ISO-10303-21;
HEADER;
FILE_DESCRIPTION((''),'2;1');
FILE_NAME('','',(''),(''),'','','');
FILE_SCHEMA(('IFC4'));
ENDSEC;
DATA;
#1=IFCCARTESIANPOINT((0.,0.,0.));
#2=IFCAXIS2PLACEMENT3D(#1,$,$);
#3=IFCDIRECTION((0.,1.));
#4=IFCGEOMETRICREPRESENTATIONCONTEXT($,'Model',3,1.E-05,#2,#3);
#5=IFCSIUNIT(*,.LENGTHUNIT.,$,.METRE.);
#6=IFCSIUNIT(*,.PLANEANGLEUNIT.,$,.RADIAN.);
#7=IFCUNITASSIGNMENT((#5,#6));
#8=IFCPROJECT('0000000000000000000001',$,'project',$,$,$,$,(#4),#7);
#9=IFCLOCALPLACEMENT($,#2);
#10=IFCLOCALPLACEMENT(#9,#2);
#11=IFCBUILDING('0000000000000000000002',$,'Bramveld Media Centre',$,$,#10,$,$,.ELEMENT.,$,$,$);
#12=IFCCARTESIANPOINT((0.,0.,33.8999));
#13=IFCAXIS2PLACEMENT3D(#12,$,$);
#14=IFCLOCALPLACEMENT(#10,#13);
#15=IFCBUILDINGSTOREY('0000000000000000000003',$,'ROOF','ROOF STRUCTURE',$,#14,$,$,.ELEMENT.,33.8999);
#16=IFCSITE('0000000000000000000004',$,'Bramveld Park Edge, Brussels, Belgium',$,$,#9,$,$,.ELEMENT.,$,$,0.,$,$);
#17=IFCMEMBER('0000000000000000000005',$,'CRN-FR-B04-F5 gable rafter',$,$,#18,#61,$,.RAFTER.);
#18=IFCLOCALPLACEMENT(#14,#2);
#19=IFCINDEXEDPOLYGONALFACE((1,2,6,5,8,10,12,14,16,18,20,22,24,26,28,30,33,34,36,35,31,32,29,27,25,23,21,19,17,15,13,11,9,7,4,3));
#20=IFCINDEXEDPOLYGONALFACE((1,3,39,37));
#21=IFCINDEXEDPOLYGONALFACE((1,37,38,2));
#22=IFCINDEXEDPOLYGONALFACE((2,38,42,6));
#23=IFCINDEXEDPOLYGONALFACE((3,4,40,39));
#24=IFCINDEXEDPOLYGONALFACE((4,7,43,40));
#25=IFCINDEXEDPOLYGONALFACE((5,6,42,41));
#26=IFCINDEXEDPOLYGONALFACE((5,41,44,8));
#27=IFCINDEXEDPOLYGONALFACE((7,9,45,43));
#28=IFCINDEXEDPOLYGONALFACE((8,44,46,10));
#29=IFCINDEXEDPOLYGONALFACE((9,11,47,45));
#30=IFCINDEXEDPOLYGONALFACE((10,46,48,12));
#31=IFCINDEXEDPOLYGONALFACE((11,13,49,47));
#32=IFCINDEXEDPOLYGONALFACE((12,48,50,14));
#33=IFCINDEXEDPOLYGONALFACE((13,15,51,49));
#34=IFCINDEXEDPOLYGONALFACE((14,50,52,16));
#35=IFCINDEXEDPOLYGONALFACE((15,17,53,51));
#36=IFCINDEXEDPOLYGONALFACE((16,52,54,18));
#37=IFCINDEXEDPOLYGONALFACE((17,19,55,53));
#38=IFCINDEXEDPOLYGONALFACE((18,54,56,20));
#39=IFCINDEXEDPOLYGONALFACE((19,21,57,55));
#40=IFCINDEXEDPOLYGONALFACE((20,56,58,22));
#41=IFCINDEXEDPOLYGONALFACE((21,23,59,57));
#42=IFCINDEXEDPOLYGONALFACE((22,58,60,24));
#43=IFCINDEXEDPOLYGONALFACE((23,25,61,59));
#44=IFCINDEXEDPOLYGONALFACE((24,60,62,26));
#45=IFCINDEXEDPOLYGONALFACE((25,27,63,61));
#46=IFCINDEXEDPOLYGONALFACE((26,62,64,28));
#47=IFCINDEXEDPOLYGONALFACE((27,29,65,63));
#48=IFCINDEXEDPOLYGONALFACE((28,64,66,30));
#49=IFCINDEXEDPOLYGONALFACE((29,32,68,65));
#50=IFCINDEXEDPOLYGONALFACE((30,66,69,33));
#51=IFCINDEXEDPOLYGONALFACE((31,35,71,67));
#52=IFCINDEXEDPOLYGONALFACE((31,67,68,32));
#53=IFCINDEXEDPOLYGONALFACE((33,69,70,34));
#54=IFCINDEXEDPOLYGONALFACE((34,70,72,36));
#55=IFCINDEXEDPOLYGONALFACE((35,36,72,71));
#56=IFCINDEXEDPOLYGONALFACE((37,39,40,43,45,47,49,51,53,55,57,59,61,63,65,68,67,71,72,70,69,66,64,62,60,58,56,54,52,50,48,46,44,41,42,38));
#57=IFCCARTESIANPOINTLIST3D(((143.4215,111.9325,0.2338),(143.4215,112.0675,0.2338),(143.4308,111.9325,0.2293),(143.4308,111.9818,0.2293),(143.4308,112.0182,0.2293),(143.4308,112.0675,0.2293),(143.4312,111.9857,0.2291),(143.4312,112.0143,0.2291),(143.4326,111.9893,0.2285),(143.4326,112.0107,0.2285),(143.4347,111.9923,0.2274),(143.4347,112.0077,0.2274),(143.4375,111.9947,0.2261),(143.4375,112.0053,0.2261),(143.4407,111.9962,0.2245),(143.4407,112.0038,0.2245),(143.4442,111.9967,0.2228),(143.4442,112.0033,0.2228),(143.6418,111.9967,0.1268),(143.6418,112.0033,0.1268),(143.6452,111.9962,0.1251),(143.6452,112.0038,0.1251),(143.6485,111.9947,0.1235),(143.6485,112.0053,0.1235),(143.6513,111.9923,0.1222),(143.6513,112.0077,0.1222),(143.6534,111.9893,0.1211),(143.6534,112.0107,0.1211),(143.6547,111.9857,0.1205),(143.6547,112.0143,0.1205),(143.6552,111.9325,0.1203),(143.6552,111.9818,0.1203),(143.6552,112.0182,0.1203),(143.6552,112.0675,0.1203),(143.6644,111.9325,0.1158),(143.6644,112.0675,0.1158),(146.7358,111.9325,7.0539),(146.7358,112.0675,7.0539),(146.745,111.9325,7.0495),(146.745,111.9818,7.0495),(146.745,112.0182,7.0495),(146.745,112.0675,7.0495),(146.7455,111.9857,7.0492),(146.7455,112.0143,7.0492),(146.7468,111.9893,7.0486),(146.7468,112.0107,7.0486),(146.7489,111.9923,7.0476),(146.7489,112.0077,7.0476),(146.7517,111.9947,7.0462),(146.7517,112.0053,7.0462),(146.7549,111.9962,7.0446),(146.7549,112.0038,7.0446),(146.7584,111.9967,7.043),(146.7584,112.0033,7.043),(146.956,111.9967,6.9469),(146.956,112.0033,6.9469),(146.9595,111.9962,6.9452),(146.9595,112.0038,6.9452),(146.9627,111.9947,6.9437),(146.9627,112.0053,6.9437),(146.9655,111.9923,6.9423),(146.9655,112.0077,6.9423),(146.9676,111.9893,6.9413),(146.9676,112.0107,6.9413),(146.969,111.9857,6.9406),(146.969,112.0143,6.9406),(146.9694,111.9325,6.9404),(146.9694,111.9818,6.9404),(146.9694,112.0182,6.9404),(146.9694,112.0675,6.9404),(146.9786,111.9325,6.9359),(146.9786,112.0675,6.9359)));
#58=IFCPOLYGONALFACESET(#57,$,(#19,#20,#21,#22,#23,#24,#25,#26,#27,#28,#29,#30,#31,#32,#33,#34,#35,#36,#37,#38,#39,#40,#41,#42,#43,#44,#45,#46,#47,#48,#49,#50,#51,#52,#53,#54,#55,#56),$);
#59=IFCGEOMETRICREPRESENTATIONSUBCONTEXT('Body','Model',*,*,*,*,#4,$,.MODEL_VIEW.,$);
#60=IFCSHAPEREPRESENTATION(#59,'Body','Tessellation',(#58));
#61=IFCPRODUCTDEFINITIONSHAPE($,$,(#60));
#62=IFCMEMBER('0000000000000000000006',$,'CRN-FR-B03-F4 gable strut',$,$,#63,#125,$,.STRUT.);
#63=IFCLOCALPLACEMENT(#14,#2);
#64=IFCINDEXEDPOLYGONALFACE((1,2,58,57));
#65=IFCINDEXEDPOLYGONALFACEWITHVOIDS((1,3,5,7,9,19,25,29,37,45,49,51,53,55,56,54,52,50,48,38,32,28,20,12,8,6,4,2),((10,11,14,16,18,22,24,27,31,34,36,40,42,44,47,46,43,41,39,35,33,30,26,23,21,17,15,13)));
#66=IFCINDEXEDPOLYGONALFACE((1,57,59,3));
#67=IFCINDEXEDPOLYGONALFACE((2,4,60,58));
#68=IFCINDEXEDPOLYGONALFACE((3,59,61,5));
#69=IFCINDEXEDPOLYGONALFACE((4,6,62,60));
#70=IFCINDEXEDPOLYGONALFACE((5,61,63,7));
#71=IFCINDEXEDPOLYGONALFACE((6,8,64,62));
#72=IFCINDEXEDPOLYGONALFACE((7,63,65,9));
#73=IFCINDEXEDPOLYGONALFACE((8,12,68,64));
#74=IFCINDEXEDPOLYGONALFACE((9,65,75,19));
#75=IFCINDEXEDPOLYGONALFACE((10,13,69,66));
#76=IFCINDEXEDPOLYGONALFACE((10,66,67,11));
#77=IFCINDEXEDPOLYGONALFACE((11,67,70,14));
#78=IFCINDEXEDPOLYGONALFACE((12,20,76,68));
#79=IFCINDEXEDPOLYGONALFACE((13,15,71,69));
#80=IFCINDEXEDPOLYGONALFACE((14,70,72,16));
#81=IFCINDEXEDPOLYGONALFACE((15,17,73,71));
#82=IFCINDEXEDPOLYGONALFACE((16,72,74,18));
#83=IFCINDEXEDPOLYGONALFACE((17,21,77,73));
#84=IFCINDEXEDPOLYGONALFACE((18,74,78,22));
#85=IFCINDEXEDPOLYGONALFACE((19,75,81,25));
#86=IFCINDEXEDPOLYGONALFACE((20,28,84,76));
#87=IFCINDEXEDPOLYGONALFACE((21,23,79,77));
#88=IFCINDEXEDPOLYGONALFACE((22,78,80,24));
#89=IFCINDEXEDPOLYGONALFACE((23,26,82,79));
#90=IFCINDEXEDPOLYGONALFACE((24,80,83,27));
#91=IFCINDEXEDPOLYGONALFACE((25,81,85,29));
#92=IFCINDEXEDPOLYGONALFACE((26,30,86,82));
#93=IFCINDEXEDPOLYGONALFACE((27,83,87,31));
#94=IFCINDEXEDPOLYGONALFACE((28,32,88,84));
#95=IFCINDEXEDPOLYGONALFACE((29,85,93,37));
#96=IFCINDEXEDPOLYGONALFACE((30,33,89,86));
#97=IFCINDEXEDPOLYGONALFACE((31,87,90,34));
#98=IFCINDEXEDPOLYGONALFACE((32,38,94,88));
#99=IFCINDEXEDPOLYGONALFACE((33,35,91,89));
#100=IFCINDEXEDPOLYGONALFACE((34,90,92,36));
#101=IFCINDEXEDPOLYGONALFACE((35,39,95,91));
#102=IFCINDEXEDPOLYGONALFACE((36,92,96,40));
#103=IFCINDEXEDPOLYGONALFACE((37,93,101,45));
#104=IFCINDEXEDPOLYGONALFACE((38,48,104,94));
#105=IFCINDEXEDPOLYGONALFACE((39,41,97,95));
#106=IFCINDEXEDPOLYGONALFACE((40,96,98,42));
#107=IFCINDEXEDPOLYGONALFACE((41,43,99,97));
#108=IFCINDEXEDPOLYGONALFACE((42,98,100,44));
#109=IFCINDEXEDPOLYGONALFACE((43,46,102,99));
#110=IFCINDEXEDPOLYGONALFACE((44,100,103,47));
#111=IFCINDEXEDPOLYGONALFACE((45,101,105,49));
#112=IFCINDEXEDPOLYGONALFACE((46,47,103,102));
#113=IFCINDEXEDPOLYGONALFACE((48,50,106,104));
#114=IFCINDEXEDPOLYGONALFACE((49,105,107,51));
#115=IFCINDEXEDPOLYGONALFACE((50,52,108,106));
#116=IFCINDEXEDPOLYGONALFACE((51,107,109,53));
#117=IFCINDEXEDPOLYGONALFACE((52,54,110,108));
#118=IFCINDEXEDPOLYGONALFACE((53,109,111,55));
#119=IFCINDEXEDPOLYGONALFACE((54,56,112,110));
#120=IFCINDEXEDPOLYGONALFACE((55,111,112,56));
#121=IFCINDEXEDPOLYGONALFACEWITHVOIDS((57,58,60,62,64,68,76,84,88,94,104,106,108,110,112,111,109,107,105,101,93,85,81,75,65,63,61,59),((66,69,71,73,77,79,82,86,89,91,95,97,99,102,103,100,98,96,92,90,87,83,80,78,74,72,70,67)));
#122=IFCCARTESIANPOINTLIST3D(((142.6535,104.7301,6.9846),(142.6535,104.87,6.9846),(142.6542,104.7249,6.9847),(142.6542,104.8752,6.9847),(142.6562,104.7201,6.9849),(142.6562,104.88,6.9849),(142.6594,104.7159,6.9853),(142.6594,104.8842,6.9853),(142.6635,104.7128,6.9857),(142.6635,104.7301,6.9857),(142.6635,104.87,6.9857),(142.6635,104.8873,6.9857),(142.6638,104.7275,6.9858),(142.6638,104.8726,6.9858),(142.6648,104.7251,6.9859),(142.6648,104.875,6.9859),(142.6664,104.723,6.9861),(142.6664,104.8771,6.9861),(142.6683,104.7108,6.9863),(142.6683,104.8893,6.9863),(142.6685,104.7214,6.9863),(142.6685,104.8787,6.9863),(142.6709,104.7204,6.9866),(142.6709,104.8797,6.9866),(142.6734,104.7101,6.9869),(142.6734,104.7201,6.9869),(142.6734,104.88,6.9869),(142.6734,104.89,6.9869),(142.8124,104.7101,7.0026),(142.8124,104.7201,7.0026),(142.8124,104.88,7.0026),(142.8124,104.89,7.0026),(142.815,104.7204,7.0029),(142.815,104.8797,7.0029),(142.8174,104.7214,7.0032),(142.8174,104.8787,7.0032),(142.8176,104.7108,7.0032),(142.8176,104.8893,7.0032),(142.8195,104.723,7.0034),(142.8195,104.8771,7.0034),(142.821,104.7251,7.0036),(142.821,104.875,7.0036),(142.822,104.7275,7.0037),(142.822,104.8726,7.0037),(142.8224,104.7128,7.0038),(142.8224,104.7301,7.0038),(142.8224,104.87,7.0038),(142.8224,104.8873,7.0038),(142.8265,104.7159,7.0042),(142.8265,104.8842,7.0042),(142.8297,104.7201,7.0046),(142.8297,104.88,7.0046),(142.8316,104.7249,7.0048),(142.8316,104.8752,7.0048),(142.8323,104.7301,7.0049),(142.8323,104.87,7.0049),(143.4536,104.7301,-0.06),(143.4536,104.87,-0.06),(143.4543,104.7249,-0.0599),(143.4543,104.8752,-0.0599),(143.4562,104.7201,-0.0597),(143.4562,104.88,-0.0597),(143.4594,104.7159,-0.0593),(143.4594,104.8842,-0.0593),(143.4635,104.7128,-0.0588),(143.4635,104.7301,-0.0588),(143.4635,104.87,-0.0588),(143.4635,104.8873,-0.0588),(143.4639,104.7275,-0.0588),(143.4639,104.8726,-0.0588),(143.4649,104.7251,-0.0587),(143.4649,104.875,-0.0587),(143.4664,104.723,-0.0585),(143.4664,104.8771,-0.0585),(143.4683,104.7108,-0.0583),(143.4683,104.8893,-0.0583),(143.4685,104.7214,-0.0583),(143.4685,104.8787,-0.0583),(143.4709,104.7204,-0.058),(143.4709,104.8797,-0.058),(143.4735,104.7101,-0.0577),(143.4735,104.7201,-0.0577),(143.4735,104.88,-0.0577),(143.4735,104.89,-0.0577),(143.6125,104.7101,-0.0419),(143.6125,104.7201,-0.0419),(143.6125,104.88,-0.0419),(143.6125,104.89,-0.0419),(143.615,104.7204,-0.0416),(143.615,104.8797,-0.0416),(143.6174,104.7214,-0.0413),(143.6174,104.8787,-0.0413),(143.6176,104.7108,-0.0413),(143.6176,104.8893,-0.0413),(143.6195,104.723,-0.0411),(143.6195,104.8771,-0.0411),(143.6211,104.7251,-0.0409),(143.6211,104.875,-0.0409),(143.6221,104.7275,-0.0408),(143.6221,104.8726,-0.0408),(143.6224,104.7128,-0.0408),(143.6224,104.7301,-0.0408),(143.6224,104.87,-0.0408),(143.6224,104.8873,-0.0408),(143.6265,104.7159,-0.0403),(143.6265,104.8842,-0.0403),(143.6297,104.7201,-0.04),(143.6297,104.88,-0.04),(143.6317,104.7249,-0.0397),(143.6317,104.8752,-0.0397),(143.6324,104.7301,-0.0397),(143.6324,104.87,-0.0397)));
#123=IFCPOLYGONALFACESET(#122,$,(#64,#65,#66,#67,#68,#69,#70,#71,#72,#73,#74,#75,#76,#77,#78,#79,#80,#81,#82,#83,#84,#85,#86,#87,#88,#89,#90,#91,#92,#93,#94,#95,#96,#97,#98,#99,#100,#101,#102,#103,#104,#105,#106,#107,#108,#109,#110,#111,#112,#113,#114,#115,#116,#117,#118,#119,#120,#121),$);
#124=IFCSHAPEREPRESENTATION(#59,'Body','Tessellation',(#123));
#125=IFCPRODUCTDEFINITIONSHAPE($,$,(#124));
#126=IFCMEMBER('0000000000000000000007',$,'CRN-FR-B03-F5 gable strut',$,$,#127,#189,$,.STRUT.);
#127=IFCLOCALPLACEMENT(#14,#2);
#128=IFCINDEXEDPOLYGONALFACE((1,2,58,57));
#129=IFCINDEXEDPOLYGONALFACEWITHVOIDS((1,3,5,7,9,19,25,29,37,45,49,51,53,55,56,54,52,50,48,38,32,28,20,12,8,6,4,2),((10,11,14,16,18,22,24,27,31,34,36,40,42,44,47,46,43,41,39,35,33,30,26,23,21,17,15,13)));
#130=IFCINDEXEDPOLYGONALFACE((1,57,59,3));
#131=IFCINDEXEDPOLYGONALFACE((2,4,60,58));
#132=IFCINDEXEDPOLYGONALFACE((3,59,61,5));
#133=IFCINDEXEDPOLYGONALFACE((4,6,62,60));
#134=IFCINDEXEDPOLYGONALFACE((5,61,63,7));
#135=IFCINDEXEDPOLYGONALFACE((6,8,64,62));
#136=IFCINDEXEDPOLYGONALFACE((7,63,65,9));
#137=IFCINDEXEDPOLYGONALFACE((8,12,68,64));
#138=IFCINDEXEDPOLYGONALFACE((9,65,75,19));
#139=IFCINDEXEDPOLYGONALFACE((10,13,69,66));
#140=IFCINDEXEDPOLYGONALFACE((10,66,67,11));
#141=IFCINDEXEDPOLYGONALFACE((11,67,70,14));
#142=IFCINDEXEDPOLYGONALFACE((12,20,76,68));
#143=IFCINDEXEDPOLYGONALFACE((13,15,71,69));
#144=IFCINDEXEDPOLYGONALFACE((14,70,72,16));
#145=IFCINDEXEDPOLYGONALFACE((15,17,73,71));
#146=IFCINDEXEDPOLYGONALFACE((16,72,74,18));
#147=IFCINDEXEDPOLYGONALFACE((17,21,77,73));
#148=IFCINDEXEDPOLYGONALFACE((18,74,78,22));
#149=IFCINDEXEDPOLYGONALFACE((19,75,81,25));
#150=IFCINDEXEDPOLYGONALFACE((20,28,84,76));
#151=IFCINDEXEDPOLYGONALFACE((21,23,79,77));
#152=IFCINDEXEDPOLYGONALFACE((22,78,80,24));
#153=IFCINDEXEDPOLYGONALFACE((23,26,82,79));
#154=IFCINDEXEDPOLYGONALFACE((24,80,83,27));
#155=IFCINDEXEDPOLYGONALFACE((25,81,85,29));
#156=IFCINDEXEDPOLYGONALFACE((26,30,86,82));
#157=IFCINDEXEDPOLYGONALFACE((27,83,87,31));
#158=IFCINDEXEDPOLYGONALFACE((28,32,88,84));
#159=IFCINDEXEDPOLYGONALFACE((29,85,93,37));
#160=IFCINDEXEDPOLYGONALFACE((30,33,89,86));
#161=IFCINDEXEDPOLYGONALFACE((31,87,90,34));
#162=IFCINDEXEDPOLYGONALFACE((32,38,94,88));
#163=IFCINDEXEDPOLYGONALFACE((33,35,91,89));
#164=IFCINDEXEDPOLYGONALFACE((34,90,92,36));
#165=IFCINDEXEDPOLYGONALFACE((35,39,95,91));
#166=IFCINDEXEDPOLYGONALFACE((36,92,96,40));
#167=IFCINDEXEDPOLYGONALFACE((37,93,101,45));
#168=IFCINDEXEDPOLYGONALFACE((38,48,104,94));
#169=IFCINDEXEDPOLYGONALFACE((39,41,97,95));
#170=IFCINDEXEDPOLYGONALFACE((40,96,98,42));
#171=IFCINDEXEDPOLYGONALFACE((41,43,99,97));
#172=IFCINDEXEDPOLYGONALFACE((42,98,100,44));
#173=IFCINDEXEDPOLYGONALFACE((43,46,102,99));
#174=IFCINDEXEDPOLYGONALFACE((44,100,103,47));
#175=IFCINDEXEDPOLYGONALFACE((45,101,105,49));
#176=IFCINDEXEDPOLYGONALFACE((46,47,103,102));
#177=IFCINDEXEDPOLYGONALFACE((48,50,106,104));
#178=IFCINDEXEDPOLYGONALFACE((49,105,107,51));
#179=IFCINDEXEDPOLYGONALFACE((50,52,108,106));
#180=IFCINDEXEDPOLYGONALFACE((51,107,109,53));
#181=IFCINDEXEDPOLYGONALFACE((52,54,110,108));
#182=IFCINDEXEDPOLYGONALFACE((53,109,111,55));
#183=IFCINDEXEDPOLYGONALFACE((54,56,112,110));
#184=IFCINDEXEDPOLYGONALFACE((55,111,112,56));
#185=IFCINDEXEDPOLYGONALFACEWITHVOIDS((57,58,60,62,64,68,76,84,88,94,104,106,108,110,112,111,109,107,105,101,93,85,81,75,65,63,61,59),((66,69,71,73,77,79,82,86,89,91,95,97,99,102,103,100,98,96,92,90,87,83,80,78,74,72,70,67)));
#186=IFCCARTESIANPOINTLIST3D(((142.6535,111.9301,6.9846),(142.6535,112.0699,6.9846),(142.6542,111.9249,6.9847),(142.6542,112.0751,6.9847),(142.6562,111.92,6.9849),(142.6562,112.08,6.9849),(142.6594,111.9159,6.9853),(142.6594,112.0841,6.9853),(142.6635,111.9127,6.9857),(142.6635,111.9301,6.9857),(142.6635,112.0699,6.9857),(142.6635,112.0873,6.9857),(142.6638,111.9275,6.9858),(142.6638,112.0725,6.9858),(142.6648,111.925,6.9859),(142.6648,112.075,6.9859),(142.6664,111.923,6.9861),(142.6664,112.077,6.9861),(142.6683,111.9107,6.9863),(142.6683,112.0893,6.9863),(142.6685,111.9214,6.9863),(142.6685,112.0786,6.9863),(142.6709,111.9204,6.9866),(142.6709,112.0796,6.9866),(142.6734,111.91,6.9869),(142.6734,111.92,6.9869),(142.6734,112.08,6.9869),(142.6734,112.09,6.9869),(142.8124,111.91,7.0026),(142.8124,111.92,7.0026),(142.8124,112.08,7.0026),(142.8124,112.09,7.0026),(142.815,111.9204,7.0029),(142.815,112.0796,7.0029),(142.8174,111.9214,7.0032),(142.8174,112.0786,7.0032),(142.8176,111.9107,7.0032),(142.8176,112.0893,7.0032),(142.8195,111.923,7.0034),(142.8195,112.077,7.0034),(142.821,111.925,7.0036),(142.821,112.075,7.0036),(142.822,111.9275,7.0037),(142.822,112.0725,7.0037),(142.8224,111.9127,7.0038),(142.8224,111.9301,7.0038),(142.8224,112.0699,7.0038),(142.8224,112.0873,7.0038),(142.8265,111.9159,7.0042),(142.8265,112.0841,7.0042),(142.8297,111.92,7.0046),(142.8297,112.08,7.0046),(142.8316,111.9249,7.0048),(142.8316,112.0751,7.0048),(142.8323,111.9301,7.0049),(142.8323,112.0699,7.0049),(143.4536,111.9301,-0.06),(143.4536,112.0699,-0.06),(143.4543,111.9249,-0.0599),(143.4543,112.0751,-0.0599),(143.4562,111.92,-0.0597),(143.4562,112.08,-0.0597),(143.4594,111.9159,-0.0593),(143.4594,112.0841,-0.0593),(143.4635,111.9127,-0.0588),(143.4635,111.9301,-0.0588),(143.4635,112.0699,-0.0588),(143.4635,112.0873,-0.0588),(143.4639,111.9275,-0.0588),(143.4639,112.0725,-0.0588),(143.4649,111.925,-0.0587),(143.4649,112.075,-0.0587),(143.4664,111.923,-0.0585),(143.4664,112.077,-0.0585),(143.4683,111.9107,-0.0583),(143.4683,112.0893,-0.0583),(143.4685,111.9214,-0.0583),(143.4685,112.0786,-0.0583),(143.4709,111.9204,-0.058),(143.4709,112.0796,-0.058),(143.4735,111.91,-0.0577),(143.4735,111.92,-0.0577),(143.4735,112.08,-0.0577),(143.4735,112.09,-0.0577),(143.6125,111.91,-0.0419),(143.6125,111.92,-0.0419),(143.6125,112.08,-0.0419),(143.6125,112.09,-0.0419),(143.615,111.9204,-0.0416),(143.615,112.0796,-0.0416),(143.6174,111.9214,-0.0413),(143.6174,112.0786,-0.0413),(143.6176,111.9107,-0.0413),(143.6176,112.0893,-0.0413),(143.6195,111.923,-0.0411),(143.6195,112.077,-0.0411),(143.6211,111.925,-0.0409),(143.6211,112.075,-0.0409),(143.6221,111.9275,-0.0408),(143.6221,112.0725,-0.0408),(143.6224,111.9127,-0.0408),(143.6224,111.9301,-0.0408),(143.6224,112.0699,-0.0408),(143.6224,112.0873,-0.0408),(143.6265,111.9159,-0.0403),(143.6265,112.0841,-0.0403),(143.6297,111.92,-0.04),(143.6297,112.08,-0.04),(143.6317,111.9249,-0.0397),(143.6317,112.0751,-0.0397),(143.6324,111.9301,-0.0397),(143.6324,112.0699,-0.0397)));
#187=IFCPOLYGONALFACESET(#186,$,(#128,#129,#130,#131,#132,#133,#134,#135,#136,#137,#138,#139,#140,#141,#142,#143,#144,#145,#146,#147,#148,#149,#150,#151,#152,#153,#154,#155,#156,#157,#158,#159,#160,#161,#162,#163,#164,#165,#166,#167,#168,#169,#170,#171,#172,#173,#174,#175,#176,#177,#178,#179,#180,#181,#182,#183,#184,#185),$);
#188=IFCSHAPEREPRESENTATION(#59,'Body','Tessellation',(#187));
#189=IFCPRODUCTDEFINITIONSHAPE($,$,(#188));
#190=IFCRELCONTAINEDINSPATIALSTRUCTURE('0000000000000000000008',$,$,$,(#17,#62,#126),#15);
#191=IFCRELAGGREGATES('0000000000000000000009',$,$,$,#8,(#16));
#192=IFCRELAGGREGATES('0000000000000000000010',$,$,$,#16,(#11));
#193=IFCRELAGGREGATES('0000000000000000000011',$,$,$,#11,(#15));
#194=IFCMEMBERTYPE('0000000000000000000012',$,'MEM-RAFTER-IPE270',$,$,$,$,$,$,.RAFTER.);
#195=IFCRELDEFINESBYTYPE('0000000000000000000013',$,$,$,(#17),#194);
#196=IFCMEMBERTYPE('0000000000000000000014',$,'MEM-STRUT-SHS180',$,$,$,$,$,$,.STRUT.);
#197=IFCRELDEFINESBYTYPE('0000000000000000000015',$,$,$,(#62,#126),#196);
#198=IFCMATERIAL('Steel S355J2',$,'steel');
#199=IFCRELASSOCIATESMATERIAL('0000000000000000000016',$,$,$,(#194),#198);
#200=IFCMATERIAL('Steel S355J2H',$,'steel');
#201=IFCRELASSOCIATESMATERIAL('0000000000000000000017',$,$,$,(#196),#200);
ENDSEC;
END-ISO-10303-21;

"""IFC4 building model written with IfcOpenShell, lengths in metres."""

from ifc_helpers import new_model, si_unit, direction, frame, origin, origin_2d, place, context, subcontext, project, spatial, hollow_rectangle, i_section, extrude, material, material_profile, profile_set, type_object, element, save


model = new_model("IFC4")

# Units and contexts
model_context = context("Model", 3, precision=1e-05, world=origin(), true_north=direction((0.0, 1.0)))
body_context = subcontext(model_context, "Body", "Model", "MODEL_VIEW")
ifc_project = project(units=[si_unit("LENGTHUNIT", "METRE"), si_unit("PLANEANGLEUNIT", "RADIAN")], contexts=[model_context])

# Site, building, storey
site_placement = place(None, origin())
site = spatial("IfcSite", under=ifc_project, at=site_placement, Name="Bramveld Park Edge, Brussels, Belgium", CompositionType="ELEMENT", RefElevation=0.0)
building_placement = place(site_placement, origin())
building = spatial("IfcBuilding", under=site, at=building_placement, Name="Bramveld Media Centre", CompositionType="ELEMENT")
storey_placement = place(building_placement, frame((0.0, 0.0, 33.8999)))
storey = spatial("IfcBuildingStorey", under=building, at=storey_placement, Name="ROOF", Description="ROOF STRUCTURE", CompositionType="ELEMENT", Elevation=33.8999)

# Members
ifc_material_1 = material(Name="Steel S355J2", Category="steel")
ifc_material_profile_1 = material_profile(ifc_material_1, i_section(OverallWidth=0.135, OverallDepth=0.27, WebThickness=0.0066, FlangeThickness=0.0103, FilletRadius=0.0149, at=origin_2d()), Name="IPE 270")
ifc_profile_set_1 = profile_set([ifc_material_profile_1], Name="Steel S355J2")
member_type_1 = type_object("IfcMemberType", Name="MEM-RAFTER-IPE270", PredefinedType="RAFTER", material=ifc_profile_set_1)
for number, where, z_axis, x_axis, name in (
    (1, (143.543, 112.0, 0.1748), (0.437075, 0.0, 0.899425), (0.0, 1.0, 0.0), "CRN-FR-B04-F5 gable rafter"),
):
    element("IfcMember", number, at=place(storey_placement, frame(where, z_axis=z_axis, x_axis=x_axis)), inside=storey, type_object=member_type_1, Name=name, PredefinedType="RAFTER", context=body_context, shape_type="SweptSolid", body=[
        extrude(i_section(OverallWidth=0.135, OverallDepth=0.27, WebThickness=0.0066, FlangeThickness=0.0103, FilletRadius=0.0149, at=origin_2d()), origin(), (0.0, 0.0, 1.0), 7.5828),
    ])
ifc_material_2 = material(Name="Steel S355J2H", Category="steel")
ifc_material_profile_2 = material_profile(ifc_material_2, hollow_rectangle(XDim=0.1799, YDim=0.1799, WallThickness=0.01, InnerFilletRadius=0.01, OuterFilletRadius=0.02, at=origin_2d()), Name="SHS 180x180x10")
ifc_profile_set_2 = profile_set([ifc_material_profile_2], Name="Steel S355J2H")
member_type_2 = type_object("IfcMemberType", Name="MEM-STRUT-SHS180", PredefinedType="STRUT", material=ifc_profile_set_2)
for number, where, z_axis, x_axis, name in (
    (2, (143.543, 104.8, -0.0498), (-0.112842, 0.0, 0.993613), (0.0, -1.0, 0.0), "CRN-FR-B03-F4 gable strut"),
    (3, (143.543, 112.0, -0.0498), (-0.112842, 0.0, 0.993613), (0.0, -1.0, 0.0), "CRN-FR-B03-F5 gable strut"),
):
    element("IfcMember", number, at=place(storey_placement, frame(where, z_axis=z_axis, x_axis=x_axis)), inside=storey, type_object=member_type_2, Name=name, PredefinedType="STRUT", context=body_context, shape_type="SweptSolid", body=[
        extrude(hollow_rectangle(XDim=0.1799, YDim=0.1799, WallThickness=0.01, InnerFilletRadius=0.01, OuterFilletRadius=0.02, at=origin_2d()), origin(), (0.0, 0.0, 1.0), 7.0898),
    ])

save(model, "model.ifc")
